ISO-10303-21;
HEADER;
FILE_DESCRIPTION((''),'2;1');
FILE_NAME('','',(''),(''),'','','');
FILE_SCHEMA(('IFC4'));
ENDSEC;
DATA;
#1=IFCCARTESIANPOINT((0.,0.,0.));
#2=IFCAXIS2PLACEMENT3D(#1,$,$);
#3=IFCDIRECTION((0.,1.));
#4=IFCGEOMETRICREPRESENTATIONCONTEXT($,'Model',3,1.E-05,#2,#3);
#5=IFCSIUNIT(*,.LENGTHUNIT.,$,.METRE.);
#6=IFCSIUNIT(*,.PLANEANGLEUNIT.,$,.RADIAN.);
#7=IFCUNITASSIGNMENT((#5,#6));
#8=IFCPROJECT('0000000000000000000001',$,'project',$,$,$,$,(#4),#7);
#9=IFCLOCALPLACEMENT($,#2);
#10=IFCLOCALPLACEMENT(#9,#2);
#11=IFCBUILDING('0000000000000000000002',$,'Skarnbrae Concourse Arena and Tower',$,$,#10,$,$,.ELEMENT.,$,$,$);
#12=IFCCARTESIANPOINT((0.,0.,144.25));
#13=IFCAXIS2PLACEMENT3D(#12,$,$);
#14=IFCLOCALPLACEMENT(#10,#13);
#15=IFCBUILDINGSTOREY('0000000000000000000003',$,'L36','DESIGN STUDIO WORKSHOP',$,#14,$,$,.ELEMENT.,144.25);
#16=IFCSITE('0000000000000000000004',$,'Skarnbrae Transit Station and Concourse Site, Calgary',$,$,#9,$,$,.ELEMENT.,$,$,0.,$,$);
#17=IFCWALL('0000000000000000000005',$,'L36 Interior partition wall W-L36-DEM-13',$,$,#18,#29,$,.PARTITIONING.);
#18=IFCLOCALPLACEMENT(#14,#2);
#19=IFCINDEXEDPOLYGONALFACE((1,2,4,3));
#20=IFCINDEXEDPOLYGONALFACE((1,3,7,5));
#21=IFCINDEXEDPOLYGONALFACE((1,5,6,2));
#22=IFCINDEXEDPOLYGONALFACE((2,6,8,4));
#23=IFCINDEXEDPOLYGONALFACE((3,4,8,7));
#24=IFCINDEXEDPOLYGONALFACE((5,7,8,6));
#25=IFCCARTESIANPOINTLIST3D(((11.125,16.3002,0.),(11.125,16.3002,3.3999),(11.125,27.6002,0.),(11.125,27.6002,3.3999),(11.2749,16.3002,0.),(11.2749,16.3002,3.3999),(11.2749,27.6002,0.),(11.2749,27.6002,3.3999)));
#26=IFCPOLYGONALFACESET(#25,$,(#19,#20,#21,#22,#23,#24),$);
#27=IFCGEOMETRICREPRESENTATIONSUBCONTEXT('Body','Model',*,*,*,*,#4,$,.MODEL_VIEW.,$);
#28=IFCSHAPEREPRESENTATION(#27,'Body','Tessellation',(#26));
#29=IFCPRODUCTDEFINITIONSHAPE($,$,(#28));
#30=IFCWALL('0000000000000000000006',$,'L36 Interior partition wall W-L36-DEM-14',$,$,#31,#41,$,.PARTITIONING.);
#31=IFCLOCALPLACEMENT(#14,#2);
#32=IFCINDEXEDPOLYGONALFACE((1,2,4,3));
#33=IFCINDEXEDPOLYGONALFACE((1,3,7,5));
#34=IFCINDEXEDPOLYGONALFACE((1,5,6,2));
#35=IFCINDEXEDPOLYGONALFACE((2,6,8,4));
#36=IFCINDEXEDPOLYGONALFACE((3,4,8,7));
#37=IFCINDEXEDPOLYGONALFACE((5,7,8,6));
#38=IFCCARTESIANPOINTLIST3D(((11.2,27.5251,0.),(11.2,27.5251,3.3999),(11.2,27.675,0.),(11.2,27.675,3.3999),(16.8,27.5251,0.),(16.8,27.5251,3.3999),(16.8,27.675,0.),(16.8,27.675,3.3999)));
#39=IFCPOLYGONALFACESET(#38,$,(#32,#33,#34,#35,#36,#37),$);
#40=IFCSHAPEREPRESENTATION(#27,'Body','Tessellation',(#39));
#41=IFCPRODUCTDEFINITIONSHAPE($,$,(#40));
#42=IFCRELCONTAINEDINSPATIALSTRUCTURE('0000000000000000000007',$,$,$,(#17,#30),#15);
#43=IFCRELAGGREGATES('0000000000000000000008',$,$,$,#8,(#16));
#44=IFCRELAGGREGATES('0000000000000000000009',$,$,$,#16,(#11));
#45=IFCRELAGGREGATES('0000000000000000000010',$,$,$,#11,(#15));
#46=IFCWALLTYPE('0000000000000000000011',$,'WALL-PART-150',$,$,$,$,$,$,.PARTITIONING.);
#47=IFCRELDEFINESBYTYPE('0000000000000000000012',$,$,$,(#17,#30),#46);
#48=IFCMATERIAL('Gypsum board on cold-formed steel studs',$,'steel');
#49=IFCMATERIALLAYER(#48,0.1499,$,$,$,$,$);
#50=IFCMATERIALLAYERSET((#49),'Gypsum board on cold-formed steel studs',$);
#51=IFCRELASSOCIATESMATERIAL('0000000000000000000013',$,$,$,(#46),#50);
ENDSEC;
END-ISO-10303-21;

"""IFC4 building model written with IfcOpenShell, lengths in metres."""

from ifc_helpers import new_model, si_unit, direction, frame, frame_2d, origin, place, context, subcontext, project, spatial, rectangle, extrude, source, transform, mapped, material, layer, layer_set, type_object, element, save


model = new_model("IFC4")

# Units and contexts
model_context = context("Model", 3, precision=1e-05, world=origin(), true_north=direction((0.0, 1.0)))
body_context = subcontext(model_context, "Body", "Model", "MODEL_VIEW")
ifc_project = project(units=[si_unit("LENGTHUNIT", "METRE"), si_unit("PLANEANGLEUNIT", "RADIAN")], contexts=[model_context])

# Site, building, storey
site_placement = place(None, origin())
site = spatial("IfcSite", under=ifc_project, at=site_placement, Name="Skarnbrae Transit Station and Concourse Site, Calgary", CompositionType="ELEMENT", RefElevation=0.0)
building_placement = place(site_placement, origin())
building = spatial("IfcBuilding", under=site, at=building_placement, Name="Skarnbrae Concourse Arena and Tower", CompositionType="ELEMENT")
storey_placement = place(building_placement, frame((0.0, 0.0, 144.25)))
storey = spatial("IfcBuildingStorey", under=building, at=storey_placement, Name="L36", Description="DESIGN STUDIO WORKSHOP", CompositionType="ELEMENT", Elevation=144.25)

# Walls
ifc_material_1 = material(Name="Gypsum board on cold-formed steel studs", Category="steel")
ifc_layer_1 = layer(ifc_material_1, 0.1499)
ifc_layer_set_1 = layer_set([ifc_layer_1], Name="Gypsum board on cold-formed steel studs")
wall_type = type_object("IfcWallType", Name="WALL-PART-150", PredefinedType="PARTITIONING", material=ifc_layer_set_1)
shared_shape_1 = source(origin(), body_context, "Body", "SweptSolid", [
    extrude(rectangle(XDim=11.3, YDim=0.1499, at=frame_2d((5.6499, 0.0))), origin(), (0.0, 0.0, 1.0), 3.3999),
])
wall_1_placement = place(storey_placement, frame((11.2, 27.6001, 0.0), z_axis=(0.0, 0.0, 1.0), x_axis=(0.0, -1.0, 0.0)))
element("IfcWall", 1, at=wall_1_placement, inside=storey, type_object=wall_type, Name="L36 Interior partition wall W-L36-DEM-13", PredefinedType="PARTITIONING", context=body_context, shape_type="MappedRepresentation", body=[
    mapped(shared_shape_1, transform((0.0, 0.0, 0.0))),
])
shared_shape_2 = source(origin(), body_context, "Body", "SweptSolid", [
    extrude(rectangle(XDim=5.6001, YDim=0.1499, at=frame_2d((2.8, 0.0))), origin(), (0.0, 0.0, 1.0), 3.3999),
])
wall_2_placement = place(storey_placement, frame((11.2, 27.6001, 0.0), z_axis=(0.0, 0.0, 1.0), x_axis=(1.0, 0.0, 0.0)))
element("IfcWall", 2, at=wall_2_placement, inside=storey, type_object=wall_type, Name="L36 Interior partition wall W-L36-DEM-14", PredefinedType="PARTITIONING", context=body_context, shape_type="MappedRepresentation", body=[
    mapped(shared_shape_2, transform((0.0, 0.0, 0.0))),
])

save(model, "model.ifc")
